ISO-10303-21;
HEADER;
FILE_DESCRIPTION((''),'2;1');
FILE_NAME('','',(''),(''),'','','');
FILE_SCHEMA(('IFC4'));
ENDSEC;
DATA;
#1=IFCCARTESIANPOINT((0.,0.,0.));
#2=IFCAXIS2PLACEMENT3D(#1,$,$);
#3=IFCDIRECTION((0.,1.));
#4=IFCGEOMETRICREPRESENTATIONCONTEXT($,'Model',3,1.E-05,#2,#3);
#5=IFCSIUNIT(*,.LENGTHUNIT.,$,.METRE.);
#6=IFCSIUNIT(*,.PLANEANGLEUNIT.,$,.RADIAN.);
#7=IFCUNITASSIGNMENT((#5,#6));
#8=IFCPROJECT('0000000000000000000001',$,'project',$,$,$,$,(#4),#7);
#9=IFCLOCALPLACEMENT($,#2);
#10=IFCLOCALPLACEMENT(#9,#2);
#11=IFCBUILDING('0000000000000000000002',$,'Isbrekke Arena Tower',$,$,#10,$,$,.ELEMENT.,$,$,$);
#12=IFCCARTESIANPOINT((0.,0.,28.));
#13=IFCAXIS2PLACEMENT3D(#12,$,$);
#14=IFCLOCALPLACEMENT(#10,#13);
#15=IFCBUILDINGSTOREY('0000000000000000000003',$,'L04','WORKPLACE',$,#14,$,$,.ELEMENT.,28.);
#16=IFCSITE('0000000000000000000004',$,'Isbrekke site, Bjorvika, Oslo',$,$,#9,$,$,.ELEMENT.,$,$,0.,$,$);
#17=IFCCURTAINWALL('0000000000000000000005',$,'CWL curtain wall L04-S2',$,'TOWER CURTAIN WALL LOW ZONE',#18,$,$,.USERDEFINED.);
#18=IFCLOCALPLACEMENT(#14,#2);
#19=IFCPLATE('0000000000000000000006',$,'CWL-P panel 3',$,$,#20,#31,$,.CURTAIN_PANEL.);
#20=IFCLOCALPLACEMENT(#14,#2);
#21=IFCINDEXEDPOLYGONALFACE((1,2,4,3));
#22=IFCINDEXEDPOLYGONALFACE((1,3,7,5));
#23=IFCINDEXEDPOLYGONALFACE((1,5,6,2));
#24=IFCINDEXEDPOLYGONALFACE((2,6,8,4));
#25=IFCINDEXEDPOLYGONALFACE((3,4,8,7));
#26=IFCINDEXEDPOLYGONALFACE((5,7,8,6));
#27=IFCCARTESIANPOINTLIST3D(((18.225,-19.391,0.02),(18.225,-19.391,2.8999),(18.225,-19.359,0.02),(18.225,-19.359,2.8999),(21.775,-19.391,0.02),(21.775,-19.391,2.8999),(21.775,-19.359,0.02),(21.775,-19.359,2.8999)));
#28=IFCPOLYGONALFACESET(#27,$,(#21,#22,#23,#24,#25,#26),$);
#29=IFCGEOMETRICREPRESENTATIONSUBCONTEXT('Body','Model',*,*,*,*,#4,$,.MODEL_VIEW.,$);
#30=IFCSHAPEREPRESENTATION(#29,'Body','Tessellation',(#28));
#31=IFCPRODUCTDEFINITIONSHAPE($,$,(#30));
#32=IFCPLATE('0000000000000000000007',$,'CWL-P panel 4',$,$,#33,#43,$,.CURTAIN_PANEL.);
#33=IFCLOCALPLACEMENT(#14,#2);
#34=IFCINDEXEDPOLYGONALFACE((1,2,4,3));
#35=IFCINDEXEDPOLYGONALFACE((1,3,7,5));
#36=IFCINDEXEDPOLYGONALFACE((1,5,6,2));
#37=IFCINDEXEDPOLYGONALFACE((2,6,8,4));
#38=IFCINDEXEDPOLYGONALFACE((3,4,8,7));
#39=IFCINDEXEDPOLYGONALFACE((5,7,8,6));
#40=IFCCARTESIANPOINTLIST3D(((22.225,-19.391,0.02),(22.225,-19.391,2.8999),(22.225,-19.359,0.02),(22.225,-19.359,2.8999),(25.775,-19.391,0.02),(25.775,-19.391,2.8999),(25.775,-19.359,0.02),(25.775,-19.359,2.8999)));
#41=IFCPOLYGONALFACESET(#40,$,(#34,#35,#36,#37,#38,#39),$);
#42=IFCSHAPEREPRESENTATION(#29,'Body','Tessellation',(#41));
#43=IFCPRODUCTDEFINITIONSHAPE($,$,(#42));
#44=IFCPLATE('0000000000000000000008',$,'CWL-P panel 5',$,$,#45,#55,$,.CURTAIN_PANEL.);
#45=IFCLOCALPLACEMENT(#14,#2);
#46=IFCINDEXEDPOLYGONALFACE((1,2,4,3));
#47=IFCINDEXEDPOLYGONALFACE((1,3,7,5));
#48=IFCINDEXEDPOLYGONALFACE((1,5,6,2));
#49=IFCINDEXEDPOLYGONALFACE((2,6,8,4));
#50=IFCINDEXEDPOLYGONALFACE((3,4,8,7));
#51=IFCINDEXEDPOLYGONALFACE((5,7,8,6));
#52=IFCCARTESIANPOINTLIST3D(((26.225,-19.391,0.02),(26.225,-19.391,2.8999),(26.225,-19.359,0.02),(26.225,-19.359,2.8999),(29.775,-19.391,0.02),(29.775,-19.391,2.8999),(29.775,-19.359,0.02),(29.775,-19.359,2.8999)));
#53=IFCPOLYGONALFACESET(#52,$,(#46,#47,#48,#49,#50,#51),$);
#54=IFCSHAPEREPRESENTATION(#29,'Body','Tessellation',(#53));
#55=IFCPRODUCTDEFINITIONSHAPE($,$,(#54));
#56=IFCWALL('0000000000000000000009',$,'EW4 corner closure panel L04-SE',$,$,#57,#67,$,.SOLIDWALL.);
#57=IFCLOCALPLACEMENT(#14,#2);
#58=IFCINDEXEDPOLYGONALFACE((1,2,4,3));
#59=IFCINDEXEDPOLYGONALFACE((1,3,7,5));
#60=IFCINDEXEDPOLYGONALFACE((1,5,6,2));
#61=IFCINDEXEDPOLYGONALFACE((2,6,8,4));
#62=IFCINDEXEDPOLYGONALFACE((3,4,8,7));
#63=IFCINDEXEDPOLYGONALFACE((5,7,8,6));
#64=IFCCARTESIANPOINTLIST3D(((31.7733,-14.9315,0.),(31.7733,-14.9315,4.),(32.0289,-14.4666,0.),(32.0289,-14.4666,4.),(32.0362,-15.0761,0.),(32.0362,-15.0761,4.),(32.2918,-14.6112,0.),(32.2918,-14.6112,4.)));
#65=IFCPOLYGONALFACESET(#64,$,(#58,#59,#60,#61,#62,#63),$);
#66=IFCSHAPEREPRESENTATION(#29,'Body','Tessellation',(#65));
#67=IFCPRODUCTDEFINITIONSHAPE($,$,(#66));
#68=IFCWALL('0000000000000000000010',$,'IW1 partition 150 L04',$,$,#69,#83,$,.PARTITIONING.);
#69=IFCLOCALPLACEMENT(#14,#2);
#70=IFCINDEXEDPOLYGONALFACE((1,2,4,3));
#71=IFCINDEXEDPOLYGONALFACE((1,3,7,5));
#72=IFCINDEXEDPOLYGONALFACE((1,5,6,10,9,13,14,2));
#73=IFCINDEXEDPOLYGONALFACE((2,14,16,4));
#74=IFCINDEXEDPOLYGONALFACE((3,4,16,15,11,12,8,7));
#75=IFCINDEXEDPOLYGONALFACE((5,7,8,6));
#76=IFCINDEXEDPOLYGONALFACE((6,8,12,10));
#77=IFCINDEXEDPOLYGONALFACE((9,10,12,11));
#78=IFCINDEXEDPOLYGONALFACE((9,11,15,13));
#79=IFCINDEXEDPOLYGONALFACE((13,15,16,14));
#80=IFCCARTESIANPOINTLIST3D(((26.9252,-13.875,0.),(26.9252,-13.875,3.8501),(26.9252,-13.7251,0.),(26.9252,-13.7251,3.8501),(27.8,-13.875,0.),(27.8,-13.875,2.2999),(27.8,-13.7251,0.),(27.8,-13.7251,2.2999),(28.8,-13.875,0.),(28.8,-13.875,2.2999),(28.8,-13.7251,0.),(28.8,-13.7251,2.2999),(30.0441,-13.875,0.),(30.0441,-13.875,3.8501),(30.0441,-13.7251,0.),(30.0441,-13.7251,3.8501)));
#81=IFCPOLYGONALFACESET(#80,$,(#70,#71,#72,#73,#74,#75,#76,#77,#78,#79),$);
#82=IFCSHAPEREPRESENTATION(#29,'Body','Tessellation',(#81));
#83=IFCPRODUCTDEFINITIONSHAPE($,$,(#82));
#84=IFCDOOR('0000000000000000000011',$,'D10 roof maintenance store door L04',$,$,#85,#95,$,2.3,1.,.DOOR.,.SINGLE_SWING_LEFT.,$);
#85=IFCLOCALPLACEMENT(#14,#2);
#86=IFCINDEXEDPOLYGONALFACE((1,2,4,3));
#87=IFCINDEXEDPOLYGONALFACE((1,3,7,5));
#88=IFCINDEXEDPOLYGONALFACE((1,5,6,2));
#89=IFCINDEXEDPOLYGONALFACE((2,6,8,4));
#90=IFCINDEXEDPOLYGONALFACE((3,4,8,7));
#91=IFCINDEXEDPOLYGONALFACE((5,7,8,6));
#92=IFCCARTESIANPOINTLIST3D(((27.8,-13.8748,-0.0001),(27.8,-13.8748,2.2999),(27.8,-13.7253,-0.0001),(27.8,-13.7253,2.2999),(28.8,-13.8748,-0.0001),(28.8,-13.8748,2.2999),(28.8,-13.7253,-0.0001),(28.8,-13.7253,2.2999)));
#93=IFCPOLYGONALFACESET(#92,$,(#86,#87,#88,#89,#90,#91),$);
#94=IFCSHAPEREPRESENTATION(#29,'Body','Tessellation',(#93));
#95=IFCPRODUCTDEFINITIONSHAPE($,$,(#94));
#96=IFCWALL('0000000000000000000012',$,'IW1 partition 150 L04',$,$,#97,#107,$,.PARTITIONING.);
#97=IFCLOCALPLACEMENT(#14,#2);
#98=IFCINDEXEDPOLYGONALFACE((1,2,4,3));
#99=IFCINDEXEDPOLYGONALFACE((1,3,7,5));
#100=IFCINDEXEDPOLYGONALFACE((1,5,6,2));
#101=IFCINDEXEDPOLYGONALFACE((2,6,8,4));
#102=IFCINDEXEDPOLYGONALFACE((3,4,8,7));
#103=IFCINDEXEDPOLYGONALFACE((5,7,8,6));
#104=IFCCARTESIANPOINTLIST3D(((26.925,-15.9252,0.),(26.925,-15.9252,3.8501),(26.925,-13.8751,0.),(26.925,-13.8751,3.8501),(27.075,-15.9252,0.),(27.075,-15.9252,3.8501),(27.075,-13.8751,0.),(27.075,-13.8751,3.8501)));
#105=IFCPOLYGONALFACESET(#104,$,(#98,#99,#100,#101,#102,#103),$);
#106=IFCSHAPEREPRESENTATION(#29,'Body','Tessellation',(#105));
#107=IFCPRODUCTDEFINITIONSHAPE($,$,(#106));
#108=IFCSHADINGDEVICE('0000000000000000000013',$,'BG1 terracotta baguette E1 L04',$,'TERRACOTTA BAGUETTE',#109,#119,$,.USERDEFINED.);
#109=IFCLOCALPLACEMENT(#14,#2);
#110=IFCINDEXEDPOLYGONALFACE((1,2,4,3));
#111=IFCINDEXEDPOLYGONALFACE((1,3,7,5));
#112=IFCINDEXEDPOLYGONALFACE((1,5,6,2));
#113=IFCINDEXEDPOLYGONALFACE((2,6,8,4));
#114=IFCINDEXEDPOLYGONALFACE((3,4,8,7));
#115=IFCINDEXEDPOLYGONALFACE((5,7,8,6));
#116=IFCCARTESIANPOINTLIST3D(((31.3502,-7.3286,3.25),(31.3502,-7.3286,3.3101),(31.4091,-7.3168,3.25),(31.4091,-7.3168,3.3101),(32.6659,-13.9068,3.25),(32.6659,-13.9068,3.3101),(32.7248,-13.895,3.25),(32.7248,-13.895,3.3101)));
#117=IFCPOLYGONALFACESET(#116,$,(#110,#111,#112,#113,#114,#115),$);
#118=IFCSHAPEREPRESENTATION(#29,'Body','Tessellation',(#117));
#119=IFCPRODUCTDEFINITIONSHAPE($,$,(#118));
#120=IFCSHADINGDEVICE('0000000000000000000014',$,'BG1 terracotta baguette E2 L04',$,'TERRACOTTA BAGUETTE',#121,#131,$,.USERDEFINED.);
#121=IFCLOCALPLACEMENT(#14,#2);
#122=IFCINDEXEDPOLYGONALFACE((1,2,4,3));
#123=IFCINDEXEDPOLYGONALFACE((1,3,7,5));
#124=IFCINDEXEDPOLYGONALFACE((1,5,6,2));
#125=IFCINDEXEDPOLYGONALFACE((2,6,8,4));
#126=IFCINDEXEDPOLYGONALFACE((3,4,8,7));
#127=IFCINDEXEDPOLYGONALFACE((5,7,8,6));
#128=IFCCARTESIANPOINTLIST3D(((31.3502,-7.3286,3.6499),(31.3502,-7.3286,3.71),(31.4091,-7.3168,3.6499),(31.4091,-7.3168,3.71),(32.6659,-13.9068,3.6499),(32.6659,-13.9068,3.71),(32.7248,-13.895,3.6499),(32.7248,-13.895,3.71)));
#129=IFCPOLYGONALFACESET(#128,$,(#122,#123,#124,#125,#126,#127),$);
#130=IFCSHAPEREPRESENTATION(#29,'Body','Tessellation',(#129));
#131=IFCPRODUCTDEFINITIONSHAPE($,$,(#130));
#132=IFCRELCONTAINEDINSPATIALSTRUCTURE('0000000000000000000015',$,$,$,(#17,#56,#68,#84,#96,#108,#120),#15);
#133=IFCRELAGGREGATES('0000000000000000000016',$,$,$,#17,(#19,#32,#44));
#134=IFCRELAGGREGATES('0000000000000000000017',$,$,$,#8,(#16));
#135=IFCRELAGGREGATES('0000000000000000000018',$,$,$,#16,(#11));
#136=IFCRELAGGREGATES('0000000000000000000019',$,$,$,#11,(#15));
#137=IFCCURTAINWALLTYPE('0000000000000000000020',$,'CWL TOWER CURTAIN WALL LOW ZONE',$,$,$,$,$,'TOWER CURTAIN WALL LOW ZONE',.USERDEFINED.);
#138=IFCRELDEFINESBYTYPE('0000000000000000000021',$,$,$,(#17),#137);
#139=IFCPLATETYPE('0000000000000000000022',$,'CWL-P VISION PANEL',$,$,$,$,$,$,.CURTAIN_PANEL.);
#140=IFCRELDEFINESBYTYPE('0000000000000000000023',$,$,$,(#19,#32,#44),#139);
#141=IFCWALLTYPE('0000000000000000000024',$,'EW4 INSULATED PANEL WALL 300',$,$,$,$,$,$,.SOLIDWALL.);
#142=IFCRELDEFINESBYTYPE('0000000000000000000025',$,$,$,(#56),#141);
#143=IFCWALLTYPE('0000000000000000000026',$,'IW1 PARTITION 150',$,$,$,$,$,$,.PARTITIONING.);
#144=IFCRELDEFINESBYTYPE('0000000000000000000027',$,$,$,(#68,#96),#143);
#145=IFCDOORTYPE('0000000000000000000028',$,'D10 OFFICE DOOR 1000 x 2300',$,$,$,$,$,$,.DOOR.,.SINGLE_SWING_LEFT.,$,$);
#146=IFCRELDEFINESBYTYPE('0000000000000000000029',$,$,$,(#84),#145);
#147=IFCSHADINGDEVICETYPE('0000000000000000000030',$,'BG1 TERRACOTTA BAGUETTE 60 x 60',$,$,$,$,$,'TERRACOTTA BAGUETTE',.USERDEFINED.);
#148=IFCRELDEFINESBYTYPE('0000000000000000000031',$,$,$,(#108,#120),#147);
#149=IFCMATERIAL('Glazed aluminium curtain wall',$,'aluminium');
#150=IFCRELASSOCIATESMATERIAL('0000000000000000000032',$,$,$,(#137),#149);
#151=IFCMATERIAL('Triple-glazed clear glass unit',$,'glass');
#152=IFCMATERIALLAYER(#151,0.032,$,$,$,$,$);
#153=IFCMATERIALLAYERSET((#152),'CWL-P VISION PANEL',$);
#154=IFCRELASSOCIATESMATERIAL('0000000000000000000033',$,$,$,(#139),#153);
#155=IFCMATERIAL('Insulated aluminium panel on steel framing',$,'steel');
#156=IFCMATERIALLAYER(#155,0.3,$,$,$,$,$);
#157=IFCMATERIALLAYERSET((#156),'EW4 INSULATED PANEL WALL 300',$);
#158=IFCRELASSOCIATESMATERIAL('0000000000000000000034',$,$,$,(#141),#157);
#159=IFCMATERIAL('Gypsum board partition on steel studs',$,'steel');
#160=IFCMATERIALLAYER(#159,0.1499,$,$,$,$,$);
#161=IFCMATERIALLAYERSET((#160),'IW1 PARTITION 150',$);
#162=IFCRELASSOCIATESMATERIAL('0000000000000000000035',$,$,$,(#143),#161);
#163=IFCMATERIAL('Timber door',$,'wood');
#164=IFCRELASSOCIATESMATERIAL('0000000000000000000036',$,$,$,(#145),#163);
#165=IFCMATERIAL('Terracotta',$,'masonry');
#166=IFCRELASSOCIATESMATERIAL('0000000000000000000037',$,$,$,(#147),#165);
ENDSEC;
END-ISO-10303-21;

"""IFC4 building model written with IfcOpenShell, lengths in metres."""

from ifc_helpers import new_model, si_unit, direction, frame, frame_2d, origin, origin_2d, place, context, subcontext, project, spatial, rectangle, extrude, material, layer, layer_set, material_profile, profile_set, type_object, element, fill, aggregate, save


model = new_model("IFC4")

# Units and contexts
model_context = context("Model", 3, precision=1e-05, world=origin(), true_north=direction((0.0, 1.0)))
body_context = subcontext(model_context, "Body", "Model", "MODEL_VIEW")
ifc_project = project(units=[si_unit("LENGTHUNIT", "METRE"), si_unit("PLANEANGLEUNIT", "RADIAN")], contexts=[model_context])

# Site, building, storey
site_placement = place(None, origin())
site = spatial("IfcSite", under=ifc_project, at=site_placement, Name="Isbrekke site, Bjorvika, Oslo", CompositionType="ELEMENT", RefElevation=0.0)
building_placement = place(site_placement, origin())
building = spatial("IfcBuilding", under=site, at=building_placement, Name="Isbrekke Arena Tower", CompositionType="ELEMENT")
storey_placement = place(building_placement, frame((0.0, 0.0, 28.0)))
storey = spatial("IfcBuildingStorey", under=building, at=storey_placement, Name="L04", Description="WORKPLACE", CompositionType="ELEMENT", Elevation=28.0)

# Curtain wall
ifc_material_1 = material(Name="Glazed aluminium curtain wall", Category="aluminium")
curtain_wall_type = type_object("IfcCurtainWallType", Name="CWL TOWER CURTAIN WALL LOW ZONE", ElementType="TOWER CURTAIN WALL LOW ZONE", PredefinedType="USERDEFINED", material=ifc_material_1)
curtain_wall_placement = place(storey_placement, origin())
curtain_wall = element("IfcCurtainWall", 1, at=curtain_wall_placement, inside=storey, type_object=curtain_wall_type, Name="CWL curtain wall L04-S2", ObjectType="TOWER CURTAIN WALL LOW ZONE", PredefinedType="USERDEFINED")

# Plates
ifc_material_2 = material(Name="Triple-glazed clear glass unit", Category="glass")
ifc_layer_1 = layer(ifc_material_2, 0.032)
ifc_layer_set_1 = layer_set([ifc_layer_1], Name="CWL-P VISION PANEL")
plate_type = type_object("IfcPlateType", Name="CWL-P VISION PANEL", PredefinedType="CURTAIN_PANEL", material=ifc_layer_set_1)
plate_1_placement = place(storey_placement, frame((20.0, -19.375, 0.02), z_axis=(0.0, 0.0, 1.0), x_axis=(1.0, 0.0, 0.0)))
plate_1 = element("IfcPlate", 2, at=plate_1_placement, type_object=plate_type, Name="CWL-P panel 3", PredefinedType="CURTAIN_PANEL", context=body_context, shape_type="SweptSolid", body=[
    extrude(rectangle(XDim=3.55, YDim=0.032, at=origin_2d()), origin(), (0.0, 0.0, 1.0), 2.8799),
])
plate_2_placement = place(storey_placement, frame((24.0, -19.375, 0.02), z_axis=(0.0, 0.0, 1.0), x_axis=(1.0, 0.0, 0.0)))
plate_2 = element("IfcPlate", 3, at=plate_2_placement, type_object=plate_type, Name="CWL-P panel 4", PredefinedType="CURTAIN_PANEL", context=body_context, shape_type="SweptSolid", body=[
    extrude(rectangle(XDim=3.55, YDim=0.032, at=origin_2d()), origin(), (0.0, 0.0, 1.0), 2.8799),
])
plate_3_placement = place(storey_placement, frame((28.0, -19.375, 0.02), z_axis=(0.0, 0.0, 1.0), x_axis=(1.0, 0.0, 0.0)))
plate_3 = element("IfcPlate", 4, at=plate_3_placement, type_object=plate_type, Name="CWL-P panel 5", PredefinedType="CURTAIN_PANEL", context=body_context, shape_type="SweptSolid", body=[
    extrude(rectangle(XDim=3.55, YDim=0.032, at=origin_2d()), origin(), (0.0, 0.0, 1.0), 2.8799),
])
aggregate(curtain_wall, [plate_1, plate_2, plate_3])

# Wall
ifc_material_3 = material(Name="Insulated aluminium panel on steel framing", Category="steel")
ifc_layer_2 = layer(ifc_material_3, 0.3)
ifc_layer_set_2 = layer_set([ifc_layer_2], Name="EW4 INSULATED PANEL WALL 300")
wall_type_1 = type_object("IfcWallType", Name="EW4 INSULATED PANEL WALL 300", PredefinedType="SOLIDWALL", material=ifc_layer_set_2)
wall_1_placement = place(storey_placement, frame((31.9048, -15.0037, 0.0), z_axis=(0.0, 0.0, 1.0), x_axis=(0.481848, 0.876255, 0.0)))
element("IfcWall", 5, at=wall_1_placement, inside=storey, type_object=wall_type_1, Name="EW4 corner closure panel L04-SE", PredefinedType="SOLIDWALL", context=body_context, shape_type="SweptSolid", body=[
    extrude(rectangle(XDim=0.5305, YDim=0.3, at=frame_2d((0.2651, 0.0))), origin(), (0.0, 0.0, 1.0), 4.0),
])

# Wall, opening, door
ifc_material_4 = material(Name="Gypsum board partition on steel studs", Category="steel")
ifc_layer_3 = layer(ifc_material_4, 0.1499)
ifc_layer_set_3 = layer_set([ifc_layer_3], Name="IW1 PARTITION 150")
wall_type_2 = type_object("IfcWallType", Name="IW1 PARTITION 150", PredefinedType="PARTITIONING", material=ifc_layer_set_3)
wall_2_placement = place(storey_placement, frame((26.925, -13.8, 0.0), z_axis=(0.0, 0.0, 1.0), x_axis=(1.0, 0.0, 0.0)))
wall_2 = element("IfcWall", 6, at=wall_2_placement, inside=storey, type_object=wall_type_2, Name="IW1 partition 150 L04", PredefinedType="PARTITIONING", context=body_context, shape_type="SweptSolid", body=[
    extrude(rectangle(XDim=3.1189, YDim=0.1499, at=frame_2d((1.5596, 0.0))), origin(), (0.0, 0.0, 1.0), 3.8501),
])
opening_placement = place(wall_2_placement, frame((0.875, 0.0, 0.0)))
opening = element("IfcOpeningElement", 7, at=opening_placement, cuts=wall_2, PredefinedType="OPENING", context=body_context, shape_type="SweptSolid", body=[
    extrude(rectangle(XDim=1.0, YDim=2.3, at=frame_2d((0.5, 1.1499))), frame((0.0, 0.0898, 0.0), z_axis=(0.0, -1.0, 0.0), x_axis=(1.0, 0.0, 0.0)), (0.0, 0.0, 1.0), 0.1797),
])
ifc_material_5 = material(Name="Timber door", Category="wood")
door_type = type_object("IfcDoorType", Name="D10 OFFICE DOOR 1000 x 2300", OperationType="SINGLE_SWING_LEFT", PredefinedType="DOOR", material=ifc_material_5)
door_placement = place(opening_placement, origin())
door = element("IfcDoor", 8, at=door_placement, inside=storey, type_object=door_type, Name="D10 roof maintenance store door L04", OperationType="SINGLE_SWING_LEFT", OverallHeight=2.3, OverallWidth=1.0, PredefinedType="DOOR", context=body_context, shape_type="SweptSolid", body=[
    extrude(rectangle(XDim=1.0, YDim=2.3, at=frame_2d((0.5, 1.1499))), frame((0.0, 0.0747, 0.0), z_axis=(0.0, -1.0, 0.0), x_axis=(1.0, 0.0, 0.0)), (0.0, 0.0, 1.0), 0.1494),
])
fill(opening, door)

# Wall
wall_3_placement = place(storey_placement, frame((27.0, -15.925, 0.0), z_axis=(0.0, 0.0, 1.0), x_axis=(0.0, 1.0, 0.0)))
element("IfcWall", 9, at=wall_3_placement, inside=storey, type_object=wall_type_2, Name="IW1 partition 150 L04", PredefinedType="PARTITIONING", context=body_context, shape_type="SweptSolid", body=[
    extrude(rectangle(XDim=2.05, YDim=0.1499, at=frame_2d((1.0249, 0.0))), origin(), (0.0, 0.0, 1.0), 3.8501),
])

# Shading devices
ifc_material_6 = material(Name="Terracotta", Category="masonry")
ifc_material_profile_1 = material_profile(ifc_material_6, rectangle(XDim=0.0601, YDim=0.0601, at=origin_2d()), Name="BAGUETTE 60X60")
ifc_profile_set_1 = profile_set([ifc_material_profile_1], Name="Terracotta")
shading_device_type = type_object("IfcShadingDeviceType", Name="BG1 TERRACOTTA BAGUETTE 60 x 60", ElementType="TERRACOTTA BAGUETTE", PredefinedType="USERDEFINED", material=ifc_profile_set_1)
for number, where, z_axis, x_axis, name in (
    (10, (32.6953, -13.9009, 3.28), (-0.196123, 0.980579, 0.0), (-0.980579, -0.196123, 0.0), "BG1 terracotta baguette E1 L04"),
    (11, (32.6953, -13.9009, 3.6799), (-0.196123, 0.980579, 0.0), (-0.980579, -0.196123, 0.0), "BG1 terracotta baguette E2 L04"),
):
    element("IfcShadingDevice", number, at=place(storey_placement, frame(where, z_axis=z_axis, x_axis=x_axis)), inside=storey, type_object=shading_device_type, Name=name, ObjectType="TERRACOTTA BAGUETTE", PredefinedType="USERDEFINED", context=body_context, shape_type="SweptSolid", body=[
        extrude(rectangle(XDim=0.0601, YDim=0.0601, at=origin_2d()), origin(), (0.0, 0.0, 1.0), 6.7085),
    ])

save(model, "model.ifc")
